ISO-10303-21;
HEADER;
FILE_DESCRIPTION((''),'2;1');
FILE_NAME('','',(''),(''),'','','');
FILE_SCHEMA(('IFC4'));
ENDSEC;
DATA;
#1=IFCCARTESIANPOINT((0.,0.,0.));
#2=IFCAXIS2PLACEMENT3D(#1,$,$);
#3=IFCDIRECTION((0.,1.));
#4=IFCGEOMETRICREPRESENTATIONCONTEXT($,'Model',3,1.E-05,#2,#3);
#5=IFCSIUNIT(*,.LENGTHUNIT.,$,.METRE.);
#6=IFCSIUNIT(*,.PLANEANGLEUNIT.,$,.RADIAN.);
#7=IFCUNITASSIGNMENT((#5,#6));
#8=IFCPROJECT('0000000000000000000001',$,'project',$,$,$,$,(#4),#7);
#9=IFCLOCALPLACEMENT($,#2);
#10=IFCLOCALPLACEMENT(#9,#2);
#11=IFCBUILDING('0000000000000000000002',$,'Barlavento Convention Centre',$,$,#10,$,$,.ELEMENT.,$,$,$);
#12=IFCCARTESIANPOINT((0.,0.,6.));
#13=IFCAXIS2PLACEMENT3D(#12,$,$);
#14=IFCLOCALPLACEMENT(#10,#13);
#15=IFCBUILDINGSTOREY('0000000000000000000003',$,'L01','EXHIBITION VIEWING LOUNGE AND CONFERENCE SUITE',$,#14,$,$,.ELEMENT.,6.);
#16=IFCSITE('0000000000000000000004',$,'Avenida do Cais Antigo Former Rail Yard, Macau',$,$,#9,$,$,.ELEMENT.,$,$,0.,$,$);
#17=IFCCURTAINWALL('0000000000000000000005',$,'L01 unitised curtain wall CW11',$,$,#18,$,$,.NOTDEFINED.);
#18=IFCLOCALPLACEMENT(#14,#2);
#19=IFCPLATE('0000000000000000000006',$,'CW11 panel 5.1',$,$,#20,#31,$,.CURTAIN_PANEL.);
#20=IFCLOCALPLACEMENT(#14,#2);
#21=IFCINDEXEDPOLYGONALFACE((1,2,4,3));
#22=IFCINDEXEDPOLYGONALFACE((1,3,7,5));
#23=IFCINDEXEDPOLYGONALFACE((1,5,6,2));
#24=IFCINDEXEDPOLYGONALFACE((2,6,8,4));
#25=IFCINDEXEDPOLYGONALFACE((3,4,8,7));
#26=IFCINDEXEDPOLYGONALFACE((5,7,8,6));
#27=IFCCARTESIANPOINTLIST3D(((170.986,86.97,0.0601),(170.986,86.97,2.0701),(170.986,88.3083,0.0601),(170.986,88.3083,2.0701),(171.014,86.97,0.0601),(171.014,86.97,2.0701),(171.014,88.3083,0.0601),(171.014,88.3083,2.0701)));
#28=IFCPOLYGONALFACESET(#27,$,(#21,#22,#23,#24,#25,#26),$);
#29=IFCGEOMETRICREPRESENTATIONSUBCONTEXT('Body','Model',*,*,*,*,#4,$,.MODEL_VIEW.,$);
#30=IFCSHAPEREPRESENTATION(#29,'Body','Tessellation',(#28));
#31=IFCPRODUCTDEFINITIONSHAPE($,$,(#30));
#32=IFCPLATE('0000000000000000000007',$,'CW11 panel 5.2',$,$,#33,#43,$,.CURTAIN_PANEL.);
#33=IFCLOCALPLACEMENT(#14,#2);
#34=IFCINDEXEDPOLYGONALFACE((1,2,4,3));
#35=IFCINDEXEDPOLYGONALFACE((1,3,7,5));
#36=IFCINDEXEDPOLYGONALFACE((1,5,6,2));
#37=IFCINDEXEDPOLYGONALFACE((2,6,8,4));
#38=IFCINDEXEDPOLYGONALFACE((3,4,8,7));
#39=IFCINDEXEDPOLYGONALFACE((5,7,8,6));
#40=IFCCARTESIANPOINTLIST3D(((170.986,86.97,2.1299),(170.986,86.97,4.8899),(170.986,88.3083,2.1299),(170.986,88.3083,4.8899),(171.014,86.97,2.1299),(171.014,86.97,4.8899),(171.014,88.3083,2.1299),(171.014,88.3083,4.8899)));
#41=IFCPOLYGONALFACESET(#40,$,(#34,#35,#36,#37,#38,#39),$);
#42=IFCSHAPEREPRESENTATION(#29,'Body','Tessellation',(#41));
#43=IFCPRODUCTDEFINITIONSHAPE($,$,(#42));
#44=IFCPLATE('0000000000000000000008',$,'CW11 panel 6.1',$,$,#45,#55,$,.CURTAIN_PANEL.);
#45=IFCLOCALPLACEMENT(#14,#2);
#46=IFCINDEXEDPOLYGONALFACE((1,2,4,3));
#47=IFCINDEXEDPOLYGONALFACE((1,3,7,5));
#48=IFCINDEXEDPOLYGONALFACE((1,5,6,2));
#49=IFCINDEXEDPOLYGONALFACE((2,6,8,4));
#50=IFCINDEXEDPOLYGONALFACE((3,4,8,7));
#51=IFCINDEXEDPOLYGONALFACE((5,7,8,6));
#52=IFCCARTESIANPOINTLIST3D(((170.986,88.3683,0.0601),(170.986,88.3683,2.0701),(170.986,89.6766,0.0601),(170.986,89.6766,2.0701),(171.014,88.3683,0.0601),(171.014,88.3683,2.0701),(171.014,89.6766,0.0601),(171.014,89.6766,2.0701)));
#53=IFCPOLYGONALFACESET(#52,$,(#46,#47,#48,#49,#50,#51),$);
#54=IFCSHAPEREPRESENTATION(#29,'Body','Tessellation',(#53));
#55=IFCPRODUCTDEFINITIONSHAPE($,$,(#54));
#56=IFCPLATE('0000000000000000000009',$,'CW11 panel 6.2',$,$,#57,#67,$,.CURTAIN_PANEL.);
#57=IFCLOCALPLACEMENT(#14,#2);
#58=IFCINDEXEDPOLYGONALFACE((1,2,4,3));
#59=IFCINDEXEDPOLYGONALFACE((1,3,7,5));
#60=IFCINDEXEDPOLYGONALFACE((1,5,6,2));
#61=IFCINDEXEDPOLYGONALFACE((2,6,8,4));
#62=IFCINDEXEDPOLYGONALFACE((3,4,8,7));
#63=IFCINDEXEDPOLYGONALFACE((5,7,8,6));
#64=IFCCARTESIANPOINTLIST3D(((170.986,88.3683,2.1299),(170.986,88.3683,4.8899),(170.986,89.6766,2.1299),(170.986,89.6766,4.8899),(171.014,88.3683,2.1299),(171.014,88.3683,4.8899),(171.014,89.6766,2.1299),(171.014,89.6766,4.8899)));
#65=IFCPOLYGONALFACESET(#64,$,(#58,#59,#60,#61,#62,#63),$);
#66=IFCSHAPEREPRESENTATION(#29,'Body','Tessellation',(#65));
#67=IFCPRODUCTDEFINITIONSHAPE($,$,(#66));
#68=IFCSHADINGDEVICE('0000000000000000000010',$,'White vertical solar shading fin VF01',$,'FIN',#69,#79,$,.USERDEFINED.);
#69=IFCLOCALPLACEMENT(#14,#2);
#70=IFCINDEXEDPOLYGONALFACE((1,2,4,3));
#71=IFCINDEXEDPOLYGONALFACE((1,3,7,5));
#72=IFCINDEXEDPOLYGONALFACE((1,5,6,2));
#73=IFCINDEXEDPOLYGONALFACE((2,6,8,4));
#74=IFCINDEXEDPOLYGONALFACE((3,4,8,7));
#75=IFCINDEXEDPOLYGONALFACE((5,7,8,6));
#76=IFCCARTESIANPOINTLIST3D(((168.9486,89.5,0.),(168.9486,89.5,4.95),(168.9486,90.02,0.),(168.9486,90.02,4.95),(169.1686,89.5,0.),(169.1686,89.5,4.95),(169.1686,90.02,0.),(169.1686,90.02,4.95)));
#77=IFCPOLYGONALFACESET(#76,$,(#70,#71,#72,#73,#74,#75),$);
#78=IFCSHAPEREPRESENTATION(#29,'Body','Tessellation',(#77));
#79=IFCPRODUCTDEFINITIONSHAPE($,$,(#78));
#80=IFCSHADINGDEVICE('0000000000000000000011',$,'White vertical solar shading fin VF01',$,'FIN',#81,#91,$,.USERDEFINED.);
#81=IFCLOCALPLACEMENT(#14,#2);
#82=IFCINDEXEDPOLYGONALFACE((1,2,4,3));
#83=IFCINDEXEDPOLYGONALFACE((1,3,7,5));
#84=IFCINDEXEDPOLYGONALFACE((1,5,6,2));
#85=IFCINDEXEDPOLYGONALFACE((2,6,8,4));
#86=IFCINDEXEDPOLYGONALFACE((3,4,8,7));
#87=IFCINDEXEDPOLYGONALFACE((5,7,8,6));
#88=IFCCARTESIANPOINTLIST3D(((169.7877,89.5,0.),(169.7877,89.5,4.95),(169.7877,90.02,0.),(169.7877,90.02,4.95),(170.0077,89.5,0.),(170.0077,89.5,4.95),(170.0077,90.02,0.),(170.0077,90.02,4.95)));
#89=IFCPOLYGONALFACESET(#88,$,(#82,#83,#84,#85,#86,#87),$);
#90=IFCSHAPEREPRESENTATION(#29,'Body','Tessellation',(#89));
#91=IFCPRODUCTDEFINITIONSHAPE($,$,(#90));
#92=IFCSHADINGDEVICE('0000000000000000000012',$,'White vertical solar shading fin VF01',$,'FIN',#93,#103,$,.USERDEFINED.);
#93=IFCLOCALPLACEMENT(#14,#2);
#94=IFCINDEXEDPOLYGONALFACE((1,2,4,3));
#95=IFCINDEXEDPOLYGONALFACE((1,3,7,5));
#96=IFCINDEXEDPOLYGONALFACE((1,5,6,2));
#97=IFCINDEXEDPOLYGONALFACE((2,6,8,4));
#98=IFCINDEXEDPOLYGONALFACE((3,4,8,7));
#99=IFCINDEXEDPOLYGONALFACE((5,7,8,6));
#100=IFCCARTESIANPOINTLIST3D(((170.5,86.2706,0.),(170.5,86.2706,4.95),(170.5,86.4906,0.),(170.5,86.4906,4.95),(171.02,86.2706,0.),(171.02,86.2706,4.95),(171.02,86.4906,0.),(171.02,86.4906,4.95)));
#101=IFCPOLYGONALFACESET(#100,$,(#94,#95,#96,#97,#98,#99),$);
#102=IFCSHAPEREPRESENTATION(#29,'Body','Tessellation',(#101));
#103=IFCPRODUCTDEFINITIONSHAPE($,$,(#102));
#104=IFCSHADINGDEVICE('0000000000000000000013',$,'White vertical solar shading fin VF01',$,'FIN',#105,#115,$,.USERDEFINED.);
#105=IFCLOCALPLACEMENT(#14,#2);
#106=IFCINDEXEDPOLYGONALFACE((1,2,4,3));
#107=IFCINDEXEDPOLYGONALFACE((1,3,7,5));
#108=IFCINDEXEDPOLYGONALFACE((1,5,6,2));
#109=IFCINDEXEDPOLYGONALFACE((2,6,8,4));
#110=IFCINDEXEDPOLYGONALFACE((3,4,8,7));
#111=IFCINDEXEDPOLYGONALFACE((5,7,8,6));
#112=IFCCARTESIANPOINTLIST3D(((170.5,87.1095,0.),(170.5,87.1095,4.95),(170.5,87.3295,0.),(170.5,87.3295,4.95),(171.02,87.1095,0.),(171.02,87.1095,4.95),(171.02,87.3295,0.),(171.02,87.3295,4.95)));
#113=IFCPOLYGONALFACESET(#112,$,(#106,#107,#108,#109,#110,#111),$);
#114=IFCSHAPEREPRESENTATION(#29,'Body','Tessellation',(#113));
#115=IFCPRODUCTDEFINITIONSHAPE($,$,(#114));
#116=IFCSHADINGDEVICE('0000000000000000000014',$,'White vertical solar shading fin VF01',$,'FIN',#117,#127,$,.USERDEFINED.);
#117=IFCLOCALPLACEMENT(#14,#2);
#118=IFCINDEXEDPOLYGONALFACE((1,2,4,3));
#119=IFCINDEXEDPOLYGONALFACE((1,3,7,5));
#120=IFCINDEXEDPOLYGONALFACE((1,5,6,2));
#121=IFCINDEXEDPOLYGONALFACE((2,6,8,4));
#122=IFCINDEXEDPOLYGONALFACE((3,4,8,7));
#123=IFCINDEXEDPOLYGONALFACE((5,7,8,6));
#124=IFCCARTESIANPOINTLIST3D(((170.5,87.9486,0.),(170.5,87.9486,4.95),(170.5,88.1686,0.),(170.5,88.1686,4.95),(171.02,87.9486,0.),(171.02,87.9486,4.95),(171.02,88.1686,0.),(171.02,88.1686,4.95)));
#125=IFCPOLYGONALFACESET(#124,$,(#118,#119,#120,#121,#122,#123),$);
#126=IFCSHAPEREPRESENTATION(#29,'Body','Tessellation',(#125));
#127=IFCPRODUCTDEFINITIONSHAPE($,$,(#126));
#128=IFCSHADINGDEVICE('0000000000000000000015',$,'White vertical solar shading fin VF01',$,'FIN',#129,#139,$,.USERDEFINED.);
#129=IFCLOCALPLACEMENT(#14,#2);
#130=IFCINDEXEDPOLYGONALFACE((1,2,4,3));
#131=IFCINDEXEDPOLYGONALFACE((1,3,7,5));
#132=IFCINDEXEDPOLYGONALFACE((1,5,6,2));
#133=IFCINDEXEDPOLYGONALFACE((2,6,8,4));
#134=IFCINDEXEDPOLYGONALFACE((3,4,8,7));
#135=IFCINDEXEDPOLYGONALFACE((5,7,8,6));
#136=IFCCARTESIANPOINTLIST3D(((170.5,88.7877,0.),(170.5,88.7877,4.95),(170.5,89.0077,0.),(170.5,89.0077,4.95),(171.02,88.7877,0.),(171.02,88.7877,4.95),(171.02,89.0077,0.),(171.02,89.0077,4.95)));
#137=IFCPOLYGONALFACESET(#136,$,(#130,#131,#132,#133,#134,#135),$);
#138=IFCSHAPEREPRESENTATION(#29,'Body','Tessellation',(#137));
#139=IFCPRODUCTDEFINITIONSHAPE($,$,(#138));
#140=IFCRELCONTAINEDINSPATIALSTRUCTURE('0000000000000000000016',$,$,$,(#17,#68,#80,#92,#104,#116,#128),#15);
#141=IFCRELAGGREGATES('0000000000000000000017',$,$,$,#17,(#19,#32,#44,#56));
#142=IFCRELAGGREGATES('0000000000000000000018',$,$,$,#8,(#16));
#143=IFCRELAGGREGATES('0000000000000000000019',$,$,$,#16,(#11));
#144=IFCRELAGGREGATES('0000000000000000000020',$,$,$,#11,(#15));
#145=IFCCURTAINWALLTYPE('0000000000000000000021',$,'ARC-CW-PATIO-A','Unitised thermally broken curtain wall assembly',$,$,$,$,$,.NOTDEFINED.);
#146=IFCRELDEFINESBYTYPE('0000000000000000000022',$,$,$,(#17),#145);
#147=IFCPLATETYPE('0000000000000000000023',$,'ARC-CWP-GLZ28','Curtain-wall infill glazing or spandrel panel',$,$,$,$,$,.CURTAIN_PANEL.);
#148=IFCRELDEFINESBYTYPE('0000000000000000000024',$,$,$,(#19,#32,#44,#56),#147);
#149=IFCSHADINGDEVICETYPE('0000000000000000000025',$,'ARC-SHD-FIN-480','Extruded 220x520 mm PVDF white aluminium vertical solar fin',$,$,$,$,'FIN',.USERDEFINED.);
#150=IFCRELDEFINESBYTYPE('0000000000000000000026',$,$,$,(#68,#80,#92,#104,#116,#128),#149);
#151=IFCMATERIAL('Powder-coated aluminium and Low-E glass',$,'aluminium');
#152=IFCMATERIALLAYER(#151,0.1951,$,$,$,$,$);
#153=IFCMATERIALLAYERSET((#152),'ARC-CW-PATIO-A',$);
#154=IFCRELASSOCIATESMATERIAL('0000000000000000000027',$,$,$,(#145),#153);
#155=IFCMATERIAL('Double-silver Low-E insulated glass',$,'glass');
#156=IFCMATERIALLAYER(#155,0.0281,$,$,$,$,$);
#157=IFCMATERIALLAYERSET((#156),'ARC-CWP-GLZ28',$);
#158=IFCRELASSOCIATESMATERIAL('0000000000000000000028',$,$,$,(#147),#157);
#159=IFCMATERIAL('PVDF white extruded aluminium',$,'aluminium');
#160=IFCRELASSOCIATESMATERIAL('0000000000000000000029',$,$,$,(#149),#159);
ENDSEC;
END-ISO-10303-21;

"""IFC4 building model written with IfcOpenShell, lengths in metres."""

from ifc_helpers import new_model, si_unit, direction, frame, origin, origin_2d, place, context, subcontext, project, spatial, rectangle, extrude, material, layer, layer_set, type_object, element, aggregate, save


model = new_model("IFC4")

# Units and contexts
model_context = context("Model", 3, precision=1e-05, world=origin(), true_north=direction((0.0, 1.0)))
body_context = subcontext(model_context, "Body", "Model", "MODEL_VIEW")
ifc_project = project(units=[si_unit("LENGTHUNIT", "METRE"), si_unit("PLANEANGLEUNIT", "RADIAN")], contexts=[model_context])

# Site, building, storey
site_placement = place(None, origin())
site = spatial("IfcSite", under=ifc_project, at=site_placement, Name="Avenida do Cais Antigo Former Rail Yard, Macau", CompositionType="ELEMENT", RefElevation=0.0)
building_placement = place(site_placement, origin())
building = spatial("IfcBuilding", under=site, at=building_placement, Name="Barlavento Convention Centre", CompositionType="ELEMENT")
storey_placement = place(building_placement, frame((0.0, 0.0, 6.0)))
storey = spatial("IfcBuildingStorey", under=building, at=storey_placement, Name="L01", Description="EXHIBITION VIEWING LOUNGE AND CONFERENCE SUITE", CompositionType="ELEMENT", Elevation=6.0)

# Curtain wall, plates
ifc_material_1 = material(Name="Powder-coated aluminium and Low-E glass", Category="aluminium")
ifc_layer_1 = layer(ifc_material_1, 0.1951)
ifc_layer_set_1 = layer_set([ifc_layer_1], Name="ARC-CW-PATIO-A")
curtain_wall_type = type_object("IfcCurtainWallType", Name="ARC-CW-PATIO-A", Description="Unitised thermally broken curtain wall assembly", PredefinedType="NOTDEFINED", material=ifc_layer_set_1)
curtain_wall_placement = place(storey_placement, origin())
curtain_wall = element("IfcCurtainWall", 1, at=curtain_wall_placement, inside=storey, type_object=curtain_wall_type, Name="L01 unitised curtain wall CW11", PredefinedType="NOTDEFINED")
ifc_material_2 = material(Name="Double-silver Low-E insulated glass", Category="glass")
ifc_layer_2 = layer(ifc_material_2, 0.0281)
ifc_layer_set_2 = layer_set([ifc_layer_2], Name="ARC-CWP-GLZ28")
plate_type = type_object("IfcPlateType", Name="ARC-CWP-GLZ28", Description="Curtain-wall infill glazing or spandrel panel", PredefinedType="CURTAIN_PANEL", material=ifc_layer_set_2)
plate_1_placement = place(storey_placement, frame((171.0, 87.6392, 0.0601), z_axis=(0.0, 0.0, 1.0), x_axis=(0.0, 1.0, 0.0)))
plate_1 = element("IfcPlate", 2, at=plate_1_placement, type_object=plate_type, Name="CW11 panel 5.1", PredefinedType="CURTAIN_PANEL", context=body_context, shape_type="SweptSolid", body=[
    extrude(rectangle(XDim=1.3384, YDim=0.0281, at=origin_2d()), origin(), (0.0, 0.0, 1.0), 2.01),
])
plate_2_placement = place(storey_placement, frame((171.0, 87.6392, 2.1299), z_axis=(0.0, 0.0, 1.0), x_axis=(0.0, 1.0, 0.0)))
plate_2 = element("IfcPlate", 3, at=plate_2_placement, type_object=plate_type, Name="CW11 panel 5.2", PredefinedType="CURTAIN_PANEL", context=body_context, shape_type="SweptSolid", body=[
    extrude(rectangle(XDim=1.3384, YDim=0.0281, at=origin_2d()), origin(), (0.0, 0.0, 1.0), 2.76),
])
plate_3_placement = place(storey_placement, frame((171.0, 89.0225, 0.0601), z_axis=(0.0, 0.0, 1.0), x_axis=(0.0, 1.0, 0.0)))
plate_3 = element("IfcPlate", 4, at=plate_3_placement, type_object=plate_type, Name="CW11 panel 6.1", PredefinedType="CURTAIN_PANEL", context=body_context, shape_type="SweptSolid", body=[
    extrude(rectangle(XDim=1.3083, YDim=0.0281, at=origin_2d()), origin(), (0.0, 0.0, 1.0), 2.01),
])
plate_4_placement = place(storey_placement, frame((171.0, 89.0225, 2.1299), z_axis=(0.0, 0.0, 1.0), x_axis=(0.0, 1.0, 0.0)))
plate_4 = element("IfcPlate", 5, at=plate_4_placement, type_object=plate_type, Name="CW11 panel 6.2", PredefinedType="CURTAIN_PANEL", context=body_context, shape_type="SweptSolid", body=[
    extrude(rectangle(XDim=1.3083, YDim=0.0281, at=origin_2d()), origin(), (0.0, 0.0, 1.0), 2.76),
])
aggregate(curtain_wall, [plate_1, plate_2, plate_3, plate_4])

# Shading devices
ifc_material_3 = material(Name="PVDF white extruded aluminium", Category="aluminium")
shading_device_type = type_object("IfcShadingDeviceType", Name="ARC-SHD-FIN-480", Description="Extruded 220x520 mm PVDF white aluminium vertical solar fin", ElementType="FIN", PredefinedType="USERDEFINED", material=ifc_material_3)
for number, where, z_axis, x_axis, name in (
    (6, (169.0586, 89.76, 0.0), (0.0, 0.0, 1.0), (1.0, 0.0, 0.0), "White vertical solar shading fin VF01"),
    (7, (169.8977, 89.76, 0.0), (0.0, 0.0, 1.0), (1.0, 0.0, 0.0), "White vertical solar shading fin VF01"),
    (8, (170.76, 86.3806, 0.0), (0.0, 0.0, 1.0), (0.0, 1.0, 0.0), "White vertical solar shading fin VF01"),
    (9, (170.76, 87.2195, 0.0), (0.0, 0.0, 1.0), (0.0, 1.0, 0.0), "White vertical solar shading fin VF01"),
    (10, (170.76, 88.0586, 0.0), (0.0, 0.0, 1.0), (0.0, 1.0, 0.0), "White vertical solar shading fin VF01"),
    (11, (170.76, 88.8977, 0.0), (0.0, 0.0, 1.0), (0.0, 1.0, 0.0), "White vertical solar shading fin VF01"),
):
    element("IfcShadingDevice", number, at=place(storey_placement, frame(where, z_axis=z_axis, x_axis=x_axis)), inside=storey, type_object=shading_device_type, Name=name, ObjectType="FIN", PredefinedType="USERDEFINED", context=body_context, shape_type="SweptSolid", body=[
        extrude(rectangle(XDim=0.22, YDim=0.52, at=origin_2d()), origin(), (0.0, 0.0, 1.0), 4.95),
    ])

save(model, "model.ifc")
